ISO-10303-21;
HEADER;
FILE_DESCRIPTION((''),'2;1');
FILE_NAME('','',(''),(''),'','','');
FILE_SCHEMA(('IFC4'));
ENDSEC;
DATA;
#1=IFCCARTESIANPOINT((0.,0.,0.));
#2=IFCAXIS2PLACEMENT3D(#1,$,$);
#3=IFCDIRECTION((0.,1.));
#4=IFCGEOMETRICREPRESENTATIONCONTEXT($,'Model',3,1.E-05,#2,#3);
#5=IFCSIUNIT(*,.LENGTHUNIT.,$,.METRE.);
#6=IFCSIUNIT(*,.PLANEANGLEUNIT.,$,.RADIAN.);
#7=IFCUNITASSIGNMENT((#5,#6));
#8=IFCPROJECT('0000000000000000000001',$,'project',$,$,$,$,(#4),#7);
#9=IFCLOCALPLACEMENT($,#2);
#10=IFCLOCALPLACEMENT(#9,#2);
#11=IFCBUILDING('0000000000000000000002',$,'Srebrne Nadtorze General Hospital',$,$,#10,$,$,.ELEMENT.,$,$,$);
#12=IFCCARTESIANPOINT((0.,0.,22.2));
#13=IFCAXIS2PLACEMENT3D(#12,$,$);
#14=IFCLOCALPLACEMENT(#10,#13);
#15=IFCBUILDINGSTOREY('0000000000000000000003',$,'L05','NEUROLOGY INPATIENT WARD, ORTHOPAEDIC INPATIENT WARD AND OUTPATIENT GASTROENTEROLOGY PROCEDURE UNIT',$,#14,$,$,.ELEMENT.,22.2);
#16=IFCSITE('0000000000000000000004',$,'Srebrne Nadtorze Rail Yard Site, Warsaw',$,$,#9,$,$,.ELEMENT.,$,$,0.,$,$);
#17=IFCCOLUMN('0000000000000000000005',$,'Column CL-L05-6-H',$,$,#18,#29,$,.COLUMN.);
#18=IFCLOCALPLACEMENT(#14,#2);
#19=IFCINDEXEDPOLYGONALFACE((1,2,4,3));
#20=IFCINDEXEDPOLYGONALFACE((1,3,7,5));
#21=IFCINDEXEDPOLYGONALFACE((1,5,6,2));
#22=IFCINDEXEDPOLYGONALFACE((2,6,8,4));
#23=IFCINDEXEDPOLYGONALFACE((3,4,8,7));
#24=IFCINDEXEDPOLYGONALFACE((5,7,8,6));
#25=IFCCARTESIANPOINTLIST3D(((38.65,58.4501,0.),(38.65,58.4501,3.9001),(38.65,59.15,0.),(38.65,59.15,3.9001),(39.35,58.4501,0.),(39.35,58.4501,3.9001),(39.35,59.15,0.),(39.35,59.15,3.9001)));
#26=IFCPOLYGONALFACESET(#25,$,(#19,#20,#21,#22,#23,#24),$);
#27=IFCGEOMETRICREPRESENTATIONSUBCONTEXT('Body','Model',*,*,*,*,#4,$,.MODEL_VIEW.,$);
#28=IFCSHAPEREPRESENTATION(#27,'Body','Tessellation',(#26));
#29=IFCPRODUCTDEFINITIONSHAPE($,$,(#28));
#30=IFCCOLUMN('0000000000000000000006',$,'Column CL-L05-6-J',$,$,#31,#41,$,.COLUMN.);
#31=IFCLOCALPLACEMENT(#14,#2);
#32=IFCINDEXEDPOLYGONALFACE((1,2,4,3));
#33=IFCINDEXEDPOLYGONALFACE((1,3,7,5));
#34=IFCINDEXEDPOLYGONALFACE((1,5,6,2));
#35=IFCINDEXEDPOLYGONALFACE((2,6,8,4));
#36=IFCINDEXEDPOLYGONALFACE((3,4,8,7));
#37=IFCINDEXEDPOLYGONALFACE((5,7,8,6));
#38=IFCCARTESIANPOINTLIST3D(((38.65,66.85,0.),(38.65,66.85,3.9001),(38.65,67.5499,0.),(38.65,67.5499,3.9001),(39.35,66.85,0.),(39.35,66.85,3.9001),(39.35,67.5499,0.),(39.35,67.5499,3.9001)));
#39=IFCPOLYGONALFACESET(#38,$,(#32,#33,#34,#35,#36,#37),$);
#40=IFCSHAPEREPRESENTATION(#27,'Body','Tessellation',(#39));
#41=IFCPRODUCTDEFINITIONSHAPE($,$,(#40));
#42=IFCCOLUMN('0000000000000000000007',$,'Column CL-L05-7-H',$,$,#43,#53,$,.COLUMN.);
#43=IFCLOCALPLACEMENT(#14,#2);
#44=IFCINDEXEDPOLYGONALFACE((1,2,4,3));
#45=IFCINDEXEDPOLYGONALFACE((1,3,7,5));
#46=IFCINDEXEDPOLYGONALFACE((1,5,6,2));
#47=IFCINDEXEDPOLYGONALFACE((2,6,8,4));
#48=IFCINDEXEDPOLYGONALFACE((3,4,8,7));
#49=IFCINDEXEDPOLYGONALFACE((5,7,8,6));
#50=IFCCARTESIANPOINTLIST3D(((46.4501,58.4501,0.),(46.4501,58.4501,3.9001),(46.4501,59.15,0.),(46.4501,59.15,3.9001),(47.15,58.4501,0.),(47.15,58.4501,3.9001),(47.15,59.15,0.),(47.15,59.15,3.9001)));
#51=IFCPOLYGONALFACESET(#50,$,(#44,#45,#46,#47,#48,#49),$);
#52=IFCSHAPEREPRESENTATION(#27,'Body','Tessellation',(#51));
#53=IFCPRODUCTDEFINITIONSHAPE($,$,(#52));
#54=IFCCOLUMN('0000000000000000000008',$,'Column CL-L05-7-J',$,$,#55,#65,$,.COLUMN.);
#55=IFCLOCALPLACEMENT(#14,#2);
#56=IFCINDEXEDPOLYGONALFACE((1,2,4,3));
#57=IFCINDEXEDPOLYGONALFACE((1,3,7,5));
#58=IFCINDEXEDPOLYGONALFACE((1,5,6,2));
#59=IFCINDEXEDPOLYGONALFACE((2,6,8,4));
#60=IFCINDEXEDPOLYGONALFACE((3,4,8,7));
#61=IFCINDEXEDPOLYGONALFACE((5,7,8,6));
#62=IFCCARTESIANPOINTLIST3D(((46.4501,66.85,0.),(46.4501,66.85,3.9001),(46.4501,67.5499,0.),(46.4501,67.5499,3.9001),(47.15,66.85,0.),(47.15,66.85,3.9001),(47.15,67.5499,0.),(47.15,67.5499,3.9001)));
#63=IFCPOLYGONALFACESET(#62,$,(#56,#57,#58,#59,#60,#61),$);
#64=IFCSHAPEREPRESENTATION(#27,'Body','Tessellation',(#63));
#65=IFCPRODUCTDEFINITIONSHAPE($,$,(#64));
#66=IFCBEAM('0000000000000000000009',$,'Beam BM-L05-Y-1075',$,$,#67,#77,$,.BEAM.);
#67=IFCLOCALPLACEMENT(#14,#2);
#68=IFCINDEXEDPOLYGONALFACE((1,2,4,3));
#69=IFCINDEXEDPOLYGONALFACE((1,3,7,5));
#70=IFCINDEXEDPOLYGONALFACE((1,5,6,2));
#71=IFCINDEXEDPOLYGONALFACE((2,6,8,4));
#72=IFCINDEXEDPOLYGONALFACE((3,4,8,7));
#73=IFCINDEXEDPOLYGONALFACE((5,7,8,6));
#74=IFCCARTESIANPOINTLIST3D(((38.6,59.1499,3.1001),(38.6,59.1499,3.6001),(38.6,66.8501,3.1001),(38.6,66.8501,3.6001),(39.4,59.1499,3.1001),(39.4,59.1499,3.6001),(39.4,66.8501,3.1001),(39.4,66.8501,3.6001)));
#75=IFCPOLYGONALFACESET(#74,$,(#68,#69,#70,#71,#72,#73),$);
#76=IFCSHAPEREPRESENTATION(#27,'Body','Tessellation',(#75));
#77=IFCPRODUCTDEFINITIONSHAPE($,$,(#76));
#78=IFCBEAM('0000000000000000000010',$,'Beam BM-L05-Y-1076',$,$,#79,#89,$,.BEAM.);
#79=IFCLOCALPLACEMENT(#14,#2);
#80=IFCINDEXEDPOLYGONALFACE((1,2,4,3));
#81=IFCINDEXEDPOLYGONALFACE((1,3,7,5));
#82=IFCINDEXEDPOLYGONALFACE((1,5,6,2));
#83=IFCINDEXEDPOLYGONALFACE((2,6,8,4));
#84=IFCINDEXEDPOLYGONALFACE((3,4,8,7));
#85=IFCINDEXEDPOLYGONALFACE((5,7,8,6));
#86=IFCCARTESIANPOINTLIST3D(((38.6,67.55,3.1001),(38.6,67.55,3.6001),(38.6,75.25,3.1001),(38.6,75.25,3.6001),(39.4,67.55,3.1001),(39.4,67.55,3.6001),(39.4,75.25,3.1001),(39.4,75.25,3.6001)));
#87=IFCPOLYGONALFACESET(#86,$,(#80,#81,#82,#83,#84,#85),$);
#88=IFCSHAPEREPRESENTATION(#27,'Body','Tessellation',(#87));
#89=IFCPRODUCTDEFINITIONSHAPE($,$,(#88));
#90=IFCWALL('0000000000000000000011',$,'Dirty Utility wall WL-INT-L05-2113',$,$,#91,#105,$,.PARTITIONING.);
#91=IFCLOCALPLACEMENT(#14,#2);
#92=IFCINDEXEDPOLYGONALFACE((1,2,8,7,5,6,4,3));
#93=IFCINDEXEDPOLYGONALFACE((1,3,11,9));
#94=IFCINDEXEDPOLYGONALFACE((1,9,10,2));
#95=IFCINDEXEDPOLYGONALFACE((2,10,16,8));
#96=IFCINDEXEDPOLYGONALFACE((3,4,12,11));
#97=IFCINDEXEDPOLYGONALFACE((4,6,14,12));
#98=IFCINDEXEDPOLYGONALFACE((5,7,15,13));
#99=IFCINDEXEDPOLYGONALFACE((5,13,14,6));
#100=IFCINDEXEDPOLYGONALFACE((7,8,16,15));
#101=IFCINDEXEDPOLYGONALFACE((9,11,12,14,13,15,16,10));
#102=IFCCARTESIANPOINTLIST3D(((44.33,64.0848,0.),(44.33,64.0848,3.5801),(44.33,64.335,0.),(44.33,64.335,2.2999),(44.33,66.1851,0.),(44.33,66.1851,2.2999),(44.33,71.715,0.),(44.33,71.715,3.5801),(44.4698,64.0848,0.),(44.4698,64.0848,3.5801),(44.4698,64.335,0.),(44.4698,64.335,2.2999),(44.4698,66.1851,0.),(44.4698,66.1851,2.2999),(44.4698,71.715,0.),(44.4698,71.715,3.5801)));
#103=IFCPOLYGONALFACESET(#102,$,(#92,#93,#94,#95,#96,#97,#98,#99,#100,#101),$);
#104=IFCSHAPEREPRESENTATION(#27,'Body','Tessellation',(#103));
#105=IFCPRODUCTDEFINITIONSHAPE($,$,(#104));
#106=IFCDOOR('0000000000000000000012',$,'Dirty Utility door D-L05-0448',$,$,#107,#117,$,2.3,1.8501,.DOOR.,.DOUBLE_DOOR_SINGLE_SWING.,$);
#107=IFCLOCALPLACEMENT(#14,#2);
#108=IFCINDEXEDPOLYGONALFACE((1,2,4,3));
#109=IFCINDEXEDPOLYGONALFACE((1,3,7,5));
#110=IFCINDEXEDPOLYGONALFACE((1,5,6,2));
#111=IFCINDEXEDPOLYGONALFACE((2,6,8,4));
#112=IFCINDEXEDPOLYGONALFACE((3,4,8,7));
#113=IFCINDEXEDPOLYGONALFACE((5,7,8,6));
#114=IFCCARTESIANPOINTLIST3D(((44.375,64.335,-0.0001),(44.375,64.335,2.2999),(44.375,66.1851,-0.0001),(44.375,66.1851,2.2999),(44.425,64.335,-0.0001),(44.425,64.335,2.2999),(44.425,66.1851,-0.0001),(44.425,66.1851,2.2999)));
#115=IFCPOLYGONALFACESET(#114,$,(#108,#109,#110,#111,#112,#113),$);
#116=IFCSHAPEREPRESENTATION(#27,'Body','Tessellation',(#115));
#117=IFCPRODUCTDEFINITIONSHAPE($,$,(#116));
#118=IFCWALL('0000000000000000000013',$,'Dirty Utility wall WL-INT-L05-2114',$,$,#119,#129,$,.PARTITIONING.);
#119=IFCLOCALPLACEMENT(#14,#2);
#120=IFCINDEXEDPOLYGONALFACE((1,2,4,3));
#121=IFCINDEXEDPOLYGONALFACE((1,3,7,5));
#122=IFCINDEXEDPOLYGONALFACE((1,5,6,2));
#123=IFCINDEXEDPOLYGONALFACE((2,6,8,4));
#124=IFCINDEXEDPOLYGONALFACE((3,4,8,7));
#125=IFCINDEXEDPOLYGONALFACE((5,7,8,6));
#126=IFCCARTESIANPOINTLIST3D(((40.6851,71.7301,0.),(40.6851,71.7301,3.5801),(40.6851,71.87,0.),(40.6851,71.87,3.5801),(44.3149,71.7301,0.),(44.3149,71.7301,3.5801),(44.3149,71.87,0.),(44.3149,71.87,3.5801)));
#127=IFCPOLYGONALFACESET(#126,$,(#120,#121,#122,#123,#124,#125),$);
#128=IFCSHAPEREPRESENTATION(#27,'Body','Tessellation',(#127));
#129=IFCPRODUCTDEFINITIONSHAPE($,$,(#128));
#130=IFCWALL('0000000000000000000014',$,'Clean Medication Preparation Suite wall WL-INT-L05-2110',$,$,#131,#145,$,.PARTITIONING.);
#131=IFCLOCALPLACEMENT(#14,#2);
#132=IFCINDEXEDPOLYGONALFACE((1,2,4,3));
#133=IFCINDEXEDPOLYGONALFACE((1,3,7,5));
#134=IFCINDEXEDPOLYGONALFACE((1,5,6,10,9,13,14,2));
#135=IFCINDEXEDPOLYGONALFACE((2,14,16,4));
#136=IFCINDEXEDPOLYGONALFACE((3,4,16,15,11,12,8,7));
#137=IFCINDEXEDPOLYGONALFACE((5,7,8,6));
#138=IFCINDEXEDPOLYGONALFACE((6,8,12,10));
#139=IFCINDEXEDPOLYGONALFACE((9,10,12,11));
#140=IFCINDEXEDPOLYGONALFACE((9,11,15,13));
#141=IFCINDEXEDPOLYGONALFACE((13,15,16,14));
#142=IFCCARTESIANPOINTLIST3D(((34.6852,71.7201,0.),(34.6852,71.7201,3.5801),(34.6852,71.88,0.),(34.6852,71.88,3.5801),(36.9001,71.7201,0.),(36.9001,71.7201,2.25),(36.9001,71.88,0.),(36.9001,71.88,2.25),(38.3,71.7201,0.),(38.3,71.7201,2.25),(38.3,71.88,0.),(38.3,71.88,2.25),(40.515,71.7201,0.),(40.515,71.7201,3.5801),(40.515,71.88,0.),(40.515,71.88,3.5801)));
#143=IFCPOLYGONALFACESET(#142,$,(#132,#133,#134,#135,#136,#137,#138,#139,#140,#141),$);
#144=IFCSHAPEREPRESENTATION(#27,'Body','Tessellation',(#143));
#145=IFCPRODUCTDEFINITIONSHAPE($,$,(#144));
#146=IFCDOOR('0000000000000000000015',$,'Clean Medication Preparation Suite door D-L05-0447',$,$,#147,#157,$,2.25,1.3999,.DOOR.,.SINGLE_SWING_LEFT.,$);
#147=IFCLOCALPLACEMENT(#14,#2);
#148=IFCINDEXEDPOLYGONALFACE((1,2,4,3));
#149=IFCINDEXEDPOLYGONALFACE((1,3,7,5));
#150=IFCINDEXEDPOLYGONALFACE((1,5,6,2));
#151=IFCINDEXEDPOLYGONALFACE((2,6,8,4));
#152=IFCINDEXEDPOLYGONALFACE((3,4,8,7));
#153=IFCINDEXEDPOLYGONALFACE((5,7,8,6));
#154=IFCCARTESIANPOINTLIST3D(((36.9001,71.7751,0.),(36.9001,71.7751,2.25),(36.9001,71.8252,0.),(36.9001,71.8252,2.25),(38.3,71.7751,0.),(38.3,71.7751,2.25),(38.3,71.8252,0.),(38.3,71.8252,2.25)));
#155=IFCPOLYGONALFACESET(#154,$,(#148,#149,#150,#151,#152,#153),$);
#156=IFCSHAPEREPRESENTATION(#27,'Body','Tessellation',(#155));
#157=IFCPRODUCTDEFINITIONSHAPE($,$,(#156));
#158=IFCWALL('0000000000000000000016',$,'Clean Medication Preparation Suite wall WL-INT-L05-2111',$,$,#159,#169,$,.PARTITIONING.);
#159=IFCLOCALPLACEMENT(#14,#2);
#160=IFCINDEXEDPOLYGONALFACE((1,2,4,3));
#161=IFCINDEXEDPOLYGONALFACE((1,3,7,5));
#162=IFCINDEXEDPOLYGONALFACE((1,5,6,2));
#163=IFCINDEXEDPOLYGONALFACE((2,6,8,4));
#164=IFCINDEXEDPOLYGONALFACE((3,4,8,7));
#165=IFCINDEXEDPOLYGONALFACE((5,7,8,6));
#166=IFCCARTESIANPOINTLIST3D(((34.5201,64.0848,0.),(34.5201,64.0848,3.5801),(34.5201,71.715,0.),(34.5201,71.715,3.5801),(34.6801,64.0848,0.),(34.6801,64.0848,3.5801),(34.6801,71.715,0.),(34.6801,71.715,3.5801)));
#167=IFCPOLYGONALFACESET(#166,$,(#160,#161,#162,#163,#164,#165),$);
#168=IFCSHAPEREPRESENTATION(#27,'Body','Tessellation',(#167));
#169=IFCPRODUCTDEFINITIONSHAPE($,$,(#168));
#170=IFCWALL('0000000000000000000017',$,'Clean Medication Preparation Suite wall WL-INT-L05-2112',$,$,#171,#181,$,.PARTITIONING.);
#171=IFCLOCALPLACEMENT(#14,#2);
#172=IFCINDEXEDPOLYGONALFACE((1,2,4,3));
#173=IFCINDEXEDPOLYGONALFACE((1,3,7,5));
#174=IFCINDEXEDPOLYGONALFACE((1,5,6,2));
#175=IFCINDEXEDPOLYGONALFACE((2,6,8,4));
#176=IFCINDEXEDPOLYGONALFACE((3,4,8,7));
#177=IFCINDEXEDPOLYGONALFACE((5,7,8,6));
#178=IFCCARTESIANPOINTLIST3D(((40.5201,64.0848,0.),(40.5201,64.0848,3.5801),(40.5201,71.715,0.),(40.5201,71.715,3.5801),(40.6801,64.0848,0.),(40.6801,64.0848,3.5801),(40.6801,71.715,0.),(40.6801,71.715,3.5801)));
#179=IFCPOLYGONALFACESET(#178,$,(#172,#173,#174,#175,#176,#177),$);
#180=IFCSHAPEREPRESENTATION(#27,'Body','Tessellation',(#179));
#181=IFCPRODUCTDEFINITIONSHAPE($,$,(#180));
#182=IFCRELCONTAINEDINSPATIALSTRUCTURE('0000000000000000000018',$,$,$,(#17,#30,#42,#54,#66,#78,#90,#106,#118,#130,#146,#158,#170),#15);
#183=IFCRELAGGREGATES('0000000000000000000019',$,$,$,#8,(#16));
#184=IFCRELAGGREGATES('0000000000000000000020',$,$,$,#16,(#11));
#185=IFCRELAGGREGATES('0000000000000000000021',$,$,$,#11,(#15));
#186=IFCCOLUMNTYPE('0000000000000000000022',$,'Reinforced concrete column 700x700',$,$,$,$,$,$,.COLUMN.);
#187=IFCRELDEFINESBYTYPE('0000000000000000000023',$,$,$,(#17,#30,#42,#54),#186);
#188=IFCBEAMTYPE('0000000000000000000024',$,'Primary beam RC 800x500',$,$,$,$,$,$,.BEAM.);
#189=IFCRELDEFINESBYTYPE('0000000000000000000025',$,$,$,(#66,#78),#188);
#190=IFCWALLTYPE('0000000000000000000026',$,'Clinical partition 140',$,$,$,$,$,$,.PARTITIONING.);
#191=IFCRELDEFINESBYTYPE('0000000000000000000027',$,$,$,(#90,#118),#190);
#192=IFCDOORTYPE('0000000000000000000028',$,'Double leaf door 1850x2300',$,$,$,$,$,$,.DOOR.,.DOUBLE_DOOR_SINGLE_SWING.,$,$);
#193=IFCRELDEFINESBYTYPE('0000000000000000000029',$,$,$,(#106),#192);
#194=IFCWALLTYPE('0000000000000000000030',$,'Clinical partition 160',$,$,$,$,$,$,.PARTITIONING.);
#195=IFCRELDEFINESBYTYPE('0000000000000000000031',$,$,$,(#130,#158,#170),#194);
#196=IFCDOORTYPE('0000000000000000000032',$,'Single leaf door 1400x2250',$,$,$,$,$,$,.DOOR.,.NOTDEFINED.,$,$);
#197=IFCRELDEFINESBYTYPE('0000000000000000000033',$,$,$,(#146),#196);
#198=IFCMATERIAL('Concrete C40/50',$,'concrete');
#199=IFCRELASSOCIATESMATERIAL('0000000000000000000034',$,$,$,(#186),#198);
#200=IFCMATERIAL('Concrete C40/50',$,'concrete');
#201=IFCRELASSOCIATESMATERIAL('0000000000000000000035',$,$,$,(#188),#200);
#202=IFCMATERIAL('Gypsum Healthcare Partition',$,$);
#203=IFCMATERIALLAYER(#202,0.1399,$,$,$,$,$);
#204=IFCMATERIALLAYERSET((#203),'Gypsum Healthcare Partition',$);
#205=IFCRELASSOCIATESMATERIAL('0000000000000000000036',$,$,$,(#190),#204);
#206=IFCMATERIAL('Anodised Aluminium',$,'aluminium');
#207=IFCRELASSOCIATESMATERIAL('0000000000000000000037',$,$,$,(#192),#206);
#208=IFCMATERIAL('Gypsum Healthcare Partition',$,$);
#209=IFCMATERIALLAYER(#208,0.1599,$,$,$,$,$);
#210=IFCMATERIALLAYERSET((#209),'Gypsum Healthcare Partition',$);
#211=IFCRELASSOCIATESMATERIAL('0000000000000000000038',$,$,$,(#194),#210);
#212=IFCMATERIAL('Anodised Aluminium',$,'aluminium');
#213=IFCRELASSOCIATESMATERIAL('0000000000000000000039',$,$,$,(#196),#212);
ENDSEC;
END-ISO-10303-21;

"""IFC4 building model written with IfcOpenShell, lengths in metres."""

from ifc_helpers import new_model, si_unit, direction, frame, frame_2d, origin, origin_2d, place, context, subcontext, project, spatial, rectangle, extrude, material, layer, layer_set, material_profile, profile_set, type_object, element, fill, save


model = new_model("IFC4")

# Units and contexts
model_context = context("Model", 3, precision=1e-05, world=origin(), true_north=direction((0.0, 1.0)))
body_context = subcontext(model_context, "Body", "Model", "MODEL_VIEW")
ifc_project = project(units=[si_unit("LENGTHUNIT", "METRE"), si_unit("PLANEANGLEUNIT", "RADIAN")], contexts=[model_context])

# Site, building, storey
site_placement = place(None, origin())
site = spatial("IfcSite", under=ifc_project, at=site_placement, Name="Srebrne Nadtorze Rail Yard Site, Warsaw", CompositionType="ELEMENT", RefElevation=0.0)
building_placement = place(site_placement, origin())
building = spatial("IfcBuilding", under=site, at=building_placement, Name="Srebrne Nadtorze General Hospital", CompositionType="ELEMENT")
storey_placement = place(building_placement, frame((0.0, 0.0, 22.2)))
storey = spatial("IfcBuildingStorey", under=building, at=storey_placement, Name="L05", Description="NEUROLOGY INPATIENT WARD, ORTHOPAEDIC INPATIENT WARD AND OUTPATIENT GASTROENTEROLOGY PROCEDURE UNIT", CompositionType="ELEMENT", Elevation=22.2)

# Columns
ifc_material_1 = material(Name="Concrete C40/50", Category="concrete")
ifc_material_profile_1 = material_profile(ifc_material_1, rectangle(XDim=0.7, YDim=0.7, at=origin_2d()), Name="RC-COL-700x700")
ifc_profile_set_1 = profile_set([ifc_material_profile_1], Name="Concrete C40/50")
column_type = type_object("IfcColumnType", Name="Reinforced concrete column 700x700", PredefinedType="COLUMN", material=ifc_profile_set_1)
for number, where, z_axis, x_axis, name in (
    (1, (39.0, 58.8, 0.0), (0.0, 0.0, 1.0), (1.0, 0.0, 0.0), "Column CL-L05-6-H"),
    (2, (39.0, 67.2, 0.0), (0.0, 0.0, 1.0), (1.0, 0.0, 0.0), "Column CL-L05-6-J"),
    (3, (46.8, 58.8, 0.0), (0.0, 0.0, 1.0), (1.0, 0.0, 0.0), "Column CL-L05-7-H"),
    (4, (46.8, 67.2, 0.0), (0.0, 0.0, 1.0), (1.0, 0.0, 0.0), "Column CL-L05-7-J"),
):
    element("IfcColumn", number, at=place(storey_placement, frame(where, z_axis=z_axis, x_axis=x_axis)), inside=storey, type_object=column_type, Name=name, PredefinedType="COLUMN", context=body_context, shape_type="SweptSolid", body=[
        extrude(rectangle(XDim=0.7, YDim=0.7, at=origin_2d()), origin(), (0.0, 0.0, 1.0), 3.9001),
    ])

# Beams
ifc_material_2 = material(Name="Concrete C40/50", Category="concrete")
ifc_material_profile_2 = material_profile(ifc_material_2, rectangle(XDim=0.8, YDim=0.5, at=origin_2d()), Name="RC-BM-800x500")
ifc_profile_set_2 = profile_set([ifc_material_profile_2], Name="Concrete C40/50")
beam_type = type_object("IfcBeamType", Name="Primary beam RC 800x500", PredefinedType="BEAM", material=ifc_profile_set_2)
beam_1_placement = place(storey_placement, frame((39.0, 59.1499, 3.3501), z_axis=(0.0, 1.0, 0.0), x_axis=(-1.0, 0.0, 0.0)))
element("IfcBeam", 5, at=beam_1_placement, inside=storey, type_object=beam_type, Name="Beam BM-L05-Y-1075", PredefinedType="BEAM", context=body_context, shape_type="SweptSolid", body=[
    extrude(rectangle(XDim=0.8, YDim=0.5, at=origin_2d()), origin(), (0.0, 0.0, 1.0), 7.7002),
])
beam_2_placement = place(storey_placement, frame((39.0, 67.55, 3.3501), z_axis=(0.0, 1.0, 0.0), x_axis=(-1.0, 0.0, 0.0)))
element("IfcBeam", 6, at=beam_2_placement, inside=storey, type_object=beam_type, Name="Beam BM-L05-Y-1076", PredefinedType="BEAM", context=body_context, shape_type="SweptSolid", body=[
    extrude(rectangle(XDim=0.8, YDim=0.5, at=origin_2d()), origin(), (0.0, 0.0, 1.0), 7.7),
])

# Wall, opening, door
ifc_material_3 = material(Name="Gypsum Healthcare Partition")
ifc_layer_1 = layer(ifc_material_3, 0.1399)
ifc_layer_set_1 = layer_set([ifc_layer_1], Name="Gypsum Healthcare Partition")
wall_type_1 = type_object("IfcWallType", Name="Clinical partition 140", PredefinedType="PARTITIONING", material=ifc_layer_set_1)
wall_1_placement = place(storey_placement, frame((44.3999, 64.085, 0.0), z_axis=(0.0, 0.0, 1.0), x_axis=(0.0, 1.0, 0.0)))
wall_1 = element("IfcWall", 7, at=wall_1_placement, inside=storey, type_object=wall_type_1, Name="Dirty Utility wall WL-INT-L05-2113", PredefinedType="PARTITIONING", context=body_context, shape_type="SweptSolid", body=[
    extrude(rectangle(XDim=7.6301, YDim=0.1399, at=frame_2d((3.8149, 0.0))), origin(), (0.0, 0.0, 1.0), 3.5801),
])
opening_1_placement = place(wall_1_placement, frame((0.25, 0.0, 0.0)))
opening_1 = element("IfcOpeningElement", 8, at=opening_1_placement, cuts=wall_1, PredefinedType="OPENING", context=body_context, shape_type="SweptSolid", body=[
    extrude(rectangle(XDim=1.8501, YDim=2.3, at=frame_2d((0.925, 1.1499))), frame((0.0, 0.082, 0.0), z_axis=(0.0, -1.0, 0.0), x_axis=(1.0, 0.0, 0.0)), (0.0, 0.0, 1.0), 0.1638),
])
ifc_material_4 = material(Name="Anodised Aluminium", Category="aluminium")
door_type_1 = type_object("IfcDoorType", Name="Double leaf door 1850x2300", OperationType="DOUBLE_DOOR_SINGLE_SWING", PredefinedType="DOOR", material=ifc_material_4)
door_1_placement = place(opening_1_placement, origin())
door_1 = element("IfcDoor", 9, at=door_1_placement, inside=storey, type_object=door_type_1, Name="Dirty Utility door D-L05-0448", OperationType="DOUBLE_DOOR_SINGLE_SWING", OverallHeight=2.3, OverallWidth=1.8501, PredefinedType="DOOR", context=body_context, shape_type="SweptSolid", body=[
    extrude(rectangle(XDim=1.8501, YDim=2.3, at=frame_2d((0.925, 1.1499))), frame((0.0, 0.0249, 0.0), z_axis=(0.0, -1.0, 0.0), x_axis=(1.0, 0.0, 0.0)), (0.0, 0.0, 1.0), 0.05),
])
fill(opening_1, door_1)

# Wall
wall_2_placement = place(storey_placement, frame((40.6851, 71.8, 0.0), z_axis=(0.0, 0.0, 1.0), x_axis=(1.0, 0.0, 0.0)))
element("IfcWall", 10, at=wall_2_placement, inside=storey, type_object=wall_type_1, Name="Dirty Utility wall WL-INT-L05-2114", PredefinedType="PARTITIONING", context=body_context, shape_type="SweptSolid", body=[
    extrude(rectangle(XDim=3.6299, YDim=0.1399, at=frame_2d((1.8149, 0.0))), origin(), (0.0, 0.0, 1.0), 3.5801),
])

# Wall, opening, door
ifc_material_5 = material(Name="Gypsum Healthcare Partition")
ifc_layer_2 = layer(ifc_material_5, 0.1599)
ifc_layer_set_2 = layer_set([ifc_layer_2], Name="Gypsum Healthcare Partition")
wall_type_2 = type_object("IfcWallType", Name="Clinical partition 160", PredefinedType="PARTITIONING", material=ifc_layer_set_2)
wall_3_placement = place(storey_placement, frame((34.6851, 71.8, 0.0), z_axis=(0.0, 0.0, 1.0), x_axis=(1.0, 0.0, 0.0)))
wall_3 = element("IfcWall", 11, at=wall_3_placement, inside=storey, type_object=wall_type_2, Name="Clean Medication Preparation Suite wall WL-INT-L05-2110", PredefinedType="PARTITIONING", context=body_context, shape_type="SweptSolid", body=[
    extrude(rectangle(XDim=5.8298, YDim=0.1599, at=frame_2d((2.915, 0.0))), origin(), (0.0, 0.0, 1.0), 3.5801),
])
opening_2_placement = place(wall_3_placement, frame((2.2151, 0.0, 0.0)))
opening_2 = element("IfcOpeningElement", 12, at=opening_2_placement, cuts=wall_3, PredefinedType="OPENING", context=body_context, shape_type="SweptSolid", body=[
    extrude(rectangle(XDim=1.3999, YDim=2.25, at=frame_2d((0.7, 1.125))), frame((0.0, 0.0918, 0.0), z_axis=(0.0, -1.0, 0.0), x_axis=(1.0, 0.0, 0.0)), (0.0, 0.0, 1.0), 0.1838),
])
ifc_material_6 = material(Name="Anodised Aluminium", Category="aluminium")
door_type_2 = type_object("IfcDoorType", Name="Single leaf door 1400x2250", OperationType="NOTDEFINED", PredefinedType="DOOR", material=ifc_material_6)
door_2_placement = place(opening_2_placement, frame((1.3999, 0.0, 0.0), z_axis=(0.0, 0.0, 1.0), x_axis=(-1.0, 0.0, 0.0)))
door_2 = element("IfcDoor", 13, at=door_2_placement, inside=storey, type_object=door_type_2, Name="Clean Medication Preparation Suite door D-L05-0447", OperationType="SINGLE_SWING_LEFT", OverallHeight=2.25, OverallWidth=1.3999, PredefinedType="DOOR", context=body_context, shape_type="SweptSolid", body=[
    extrude(rectangle(XDim=1.3999, YDim=2.25, at=frame_2d((0.7, 1.125))), frame((0.0, 0.0249, 0.0), z_axis=(0.0, -1.0, 0.0), x_axis=(1.0, 0.0, 0.0)), (0.0, 0.0, 1.0), 0.05),
])
fill(opening_2, door_2)

# Walls
for number, where, z_axis, x_axis, name in (
    (14, (34.6001, 64.085, 0.0), (0.0, 0.0, 1.0), (0.0, 1.0, 0.0), "Clean Medication Preparation Suite wall WL-INT-L05-2111"),
    (15, (40.6001, 64.085, 0.0), (0.0, 0.0, 1.0), (0.0, 1.0, 0.0), "Clean Medication Preparation Suite wall WL-INT-L05-2112"),
):
    element("IfcWall", number, at=place(storey_placement, frame(where, z_axis=z_axis, x_axis=x_axis)), inside=storey, type_object=wall_type_2, Name=name, PredefinedType="PARTITIONING", context=body_context, shape_type="SweptSolid", body=[
        extrude(rectangle(XDim=7.6301, YDim=0.1599, at=frame_2d((3.8149, 0.0))), origin(), (0.0, 0.0, 1.0), 3.5801),
    ])

save(model, "model.ifc")
